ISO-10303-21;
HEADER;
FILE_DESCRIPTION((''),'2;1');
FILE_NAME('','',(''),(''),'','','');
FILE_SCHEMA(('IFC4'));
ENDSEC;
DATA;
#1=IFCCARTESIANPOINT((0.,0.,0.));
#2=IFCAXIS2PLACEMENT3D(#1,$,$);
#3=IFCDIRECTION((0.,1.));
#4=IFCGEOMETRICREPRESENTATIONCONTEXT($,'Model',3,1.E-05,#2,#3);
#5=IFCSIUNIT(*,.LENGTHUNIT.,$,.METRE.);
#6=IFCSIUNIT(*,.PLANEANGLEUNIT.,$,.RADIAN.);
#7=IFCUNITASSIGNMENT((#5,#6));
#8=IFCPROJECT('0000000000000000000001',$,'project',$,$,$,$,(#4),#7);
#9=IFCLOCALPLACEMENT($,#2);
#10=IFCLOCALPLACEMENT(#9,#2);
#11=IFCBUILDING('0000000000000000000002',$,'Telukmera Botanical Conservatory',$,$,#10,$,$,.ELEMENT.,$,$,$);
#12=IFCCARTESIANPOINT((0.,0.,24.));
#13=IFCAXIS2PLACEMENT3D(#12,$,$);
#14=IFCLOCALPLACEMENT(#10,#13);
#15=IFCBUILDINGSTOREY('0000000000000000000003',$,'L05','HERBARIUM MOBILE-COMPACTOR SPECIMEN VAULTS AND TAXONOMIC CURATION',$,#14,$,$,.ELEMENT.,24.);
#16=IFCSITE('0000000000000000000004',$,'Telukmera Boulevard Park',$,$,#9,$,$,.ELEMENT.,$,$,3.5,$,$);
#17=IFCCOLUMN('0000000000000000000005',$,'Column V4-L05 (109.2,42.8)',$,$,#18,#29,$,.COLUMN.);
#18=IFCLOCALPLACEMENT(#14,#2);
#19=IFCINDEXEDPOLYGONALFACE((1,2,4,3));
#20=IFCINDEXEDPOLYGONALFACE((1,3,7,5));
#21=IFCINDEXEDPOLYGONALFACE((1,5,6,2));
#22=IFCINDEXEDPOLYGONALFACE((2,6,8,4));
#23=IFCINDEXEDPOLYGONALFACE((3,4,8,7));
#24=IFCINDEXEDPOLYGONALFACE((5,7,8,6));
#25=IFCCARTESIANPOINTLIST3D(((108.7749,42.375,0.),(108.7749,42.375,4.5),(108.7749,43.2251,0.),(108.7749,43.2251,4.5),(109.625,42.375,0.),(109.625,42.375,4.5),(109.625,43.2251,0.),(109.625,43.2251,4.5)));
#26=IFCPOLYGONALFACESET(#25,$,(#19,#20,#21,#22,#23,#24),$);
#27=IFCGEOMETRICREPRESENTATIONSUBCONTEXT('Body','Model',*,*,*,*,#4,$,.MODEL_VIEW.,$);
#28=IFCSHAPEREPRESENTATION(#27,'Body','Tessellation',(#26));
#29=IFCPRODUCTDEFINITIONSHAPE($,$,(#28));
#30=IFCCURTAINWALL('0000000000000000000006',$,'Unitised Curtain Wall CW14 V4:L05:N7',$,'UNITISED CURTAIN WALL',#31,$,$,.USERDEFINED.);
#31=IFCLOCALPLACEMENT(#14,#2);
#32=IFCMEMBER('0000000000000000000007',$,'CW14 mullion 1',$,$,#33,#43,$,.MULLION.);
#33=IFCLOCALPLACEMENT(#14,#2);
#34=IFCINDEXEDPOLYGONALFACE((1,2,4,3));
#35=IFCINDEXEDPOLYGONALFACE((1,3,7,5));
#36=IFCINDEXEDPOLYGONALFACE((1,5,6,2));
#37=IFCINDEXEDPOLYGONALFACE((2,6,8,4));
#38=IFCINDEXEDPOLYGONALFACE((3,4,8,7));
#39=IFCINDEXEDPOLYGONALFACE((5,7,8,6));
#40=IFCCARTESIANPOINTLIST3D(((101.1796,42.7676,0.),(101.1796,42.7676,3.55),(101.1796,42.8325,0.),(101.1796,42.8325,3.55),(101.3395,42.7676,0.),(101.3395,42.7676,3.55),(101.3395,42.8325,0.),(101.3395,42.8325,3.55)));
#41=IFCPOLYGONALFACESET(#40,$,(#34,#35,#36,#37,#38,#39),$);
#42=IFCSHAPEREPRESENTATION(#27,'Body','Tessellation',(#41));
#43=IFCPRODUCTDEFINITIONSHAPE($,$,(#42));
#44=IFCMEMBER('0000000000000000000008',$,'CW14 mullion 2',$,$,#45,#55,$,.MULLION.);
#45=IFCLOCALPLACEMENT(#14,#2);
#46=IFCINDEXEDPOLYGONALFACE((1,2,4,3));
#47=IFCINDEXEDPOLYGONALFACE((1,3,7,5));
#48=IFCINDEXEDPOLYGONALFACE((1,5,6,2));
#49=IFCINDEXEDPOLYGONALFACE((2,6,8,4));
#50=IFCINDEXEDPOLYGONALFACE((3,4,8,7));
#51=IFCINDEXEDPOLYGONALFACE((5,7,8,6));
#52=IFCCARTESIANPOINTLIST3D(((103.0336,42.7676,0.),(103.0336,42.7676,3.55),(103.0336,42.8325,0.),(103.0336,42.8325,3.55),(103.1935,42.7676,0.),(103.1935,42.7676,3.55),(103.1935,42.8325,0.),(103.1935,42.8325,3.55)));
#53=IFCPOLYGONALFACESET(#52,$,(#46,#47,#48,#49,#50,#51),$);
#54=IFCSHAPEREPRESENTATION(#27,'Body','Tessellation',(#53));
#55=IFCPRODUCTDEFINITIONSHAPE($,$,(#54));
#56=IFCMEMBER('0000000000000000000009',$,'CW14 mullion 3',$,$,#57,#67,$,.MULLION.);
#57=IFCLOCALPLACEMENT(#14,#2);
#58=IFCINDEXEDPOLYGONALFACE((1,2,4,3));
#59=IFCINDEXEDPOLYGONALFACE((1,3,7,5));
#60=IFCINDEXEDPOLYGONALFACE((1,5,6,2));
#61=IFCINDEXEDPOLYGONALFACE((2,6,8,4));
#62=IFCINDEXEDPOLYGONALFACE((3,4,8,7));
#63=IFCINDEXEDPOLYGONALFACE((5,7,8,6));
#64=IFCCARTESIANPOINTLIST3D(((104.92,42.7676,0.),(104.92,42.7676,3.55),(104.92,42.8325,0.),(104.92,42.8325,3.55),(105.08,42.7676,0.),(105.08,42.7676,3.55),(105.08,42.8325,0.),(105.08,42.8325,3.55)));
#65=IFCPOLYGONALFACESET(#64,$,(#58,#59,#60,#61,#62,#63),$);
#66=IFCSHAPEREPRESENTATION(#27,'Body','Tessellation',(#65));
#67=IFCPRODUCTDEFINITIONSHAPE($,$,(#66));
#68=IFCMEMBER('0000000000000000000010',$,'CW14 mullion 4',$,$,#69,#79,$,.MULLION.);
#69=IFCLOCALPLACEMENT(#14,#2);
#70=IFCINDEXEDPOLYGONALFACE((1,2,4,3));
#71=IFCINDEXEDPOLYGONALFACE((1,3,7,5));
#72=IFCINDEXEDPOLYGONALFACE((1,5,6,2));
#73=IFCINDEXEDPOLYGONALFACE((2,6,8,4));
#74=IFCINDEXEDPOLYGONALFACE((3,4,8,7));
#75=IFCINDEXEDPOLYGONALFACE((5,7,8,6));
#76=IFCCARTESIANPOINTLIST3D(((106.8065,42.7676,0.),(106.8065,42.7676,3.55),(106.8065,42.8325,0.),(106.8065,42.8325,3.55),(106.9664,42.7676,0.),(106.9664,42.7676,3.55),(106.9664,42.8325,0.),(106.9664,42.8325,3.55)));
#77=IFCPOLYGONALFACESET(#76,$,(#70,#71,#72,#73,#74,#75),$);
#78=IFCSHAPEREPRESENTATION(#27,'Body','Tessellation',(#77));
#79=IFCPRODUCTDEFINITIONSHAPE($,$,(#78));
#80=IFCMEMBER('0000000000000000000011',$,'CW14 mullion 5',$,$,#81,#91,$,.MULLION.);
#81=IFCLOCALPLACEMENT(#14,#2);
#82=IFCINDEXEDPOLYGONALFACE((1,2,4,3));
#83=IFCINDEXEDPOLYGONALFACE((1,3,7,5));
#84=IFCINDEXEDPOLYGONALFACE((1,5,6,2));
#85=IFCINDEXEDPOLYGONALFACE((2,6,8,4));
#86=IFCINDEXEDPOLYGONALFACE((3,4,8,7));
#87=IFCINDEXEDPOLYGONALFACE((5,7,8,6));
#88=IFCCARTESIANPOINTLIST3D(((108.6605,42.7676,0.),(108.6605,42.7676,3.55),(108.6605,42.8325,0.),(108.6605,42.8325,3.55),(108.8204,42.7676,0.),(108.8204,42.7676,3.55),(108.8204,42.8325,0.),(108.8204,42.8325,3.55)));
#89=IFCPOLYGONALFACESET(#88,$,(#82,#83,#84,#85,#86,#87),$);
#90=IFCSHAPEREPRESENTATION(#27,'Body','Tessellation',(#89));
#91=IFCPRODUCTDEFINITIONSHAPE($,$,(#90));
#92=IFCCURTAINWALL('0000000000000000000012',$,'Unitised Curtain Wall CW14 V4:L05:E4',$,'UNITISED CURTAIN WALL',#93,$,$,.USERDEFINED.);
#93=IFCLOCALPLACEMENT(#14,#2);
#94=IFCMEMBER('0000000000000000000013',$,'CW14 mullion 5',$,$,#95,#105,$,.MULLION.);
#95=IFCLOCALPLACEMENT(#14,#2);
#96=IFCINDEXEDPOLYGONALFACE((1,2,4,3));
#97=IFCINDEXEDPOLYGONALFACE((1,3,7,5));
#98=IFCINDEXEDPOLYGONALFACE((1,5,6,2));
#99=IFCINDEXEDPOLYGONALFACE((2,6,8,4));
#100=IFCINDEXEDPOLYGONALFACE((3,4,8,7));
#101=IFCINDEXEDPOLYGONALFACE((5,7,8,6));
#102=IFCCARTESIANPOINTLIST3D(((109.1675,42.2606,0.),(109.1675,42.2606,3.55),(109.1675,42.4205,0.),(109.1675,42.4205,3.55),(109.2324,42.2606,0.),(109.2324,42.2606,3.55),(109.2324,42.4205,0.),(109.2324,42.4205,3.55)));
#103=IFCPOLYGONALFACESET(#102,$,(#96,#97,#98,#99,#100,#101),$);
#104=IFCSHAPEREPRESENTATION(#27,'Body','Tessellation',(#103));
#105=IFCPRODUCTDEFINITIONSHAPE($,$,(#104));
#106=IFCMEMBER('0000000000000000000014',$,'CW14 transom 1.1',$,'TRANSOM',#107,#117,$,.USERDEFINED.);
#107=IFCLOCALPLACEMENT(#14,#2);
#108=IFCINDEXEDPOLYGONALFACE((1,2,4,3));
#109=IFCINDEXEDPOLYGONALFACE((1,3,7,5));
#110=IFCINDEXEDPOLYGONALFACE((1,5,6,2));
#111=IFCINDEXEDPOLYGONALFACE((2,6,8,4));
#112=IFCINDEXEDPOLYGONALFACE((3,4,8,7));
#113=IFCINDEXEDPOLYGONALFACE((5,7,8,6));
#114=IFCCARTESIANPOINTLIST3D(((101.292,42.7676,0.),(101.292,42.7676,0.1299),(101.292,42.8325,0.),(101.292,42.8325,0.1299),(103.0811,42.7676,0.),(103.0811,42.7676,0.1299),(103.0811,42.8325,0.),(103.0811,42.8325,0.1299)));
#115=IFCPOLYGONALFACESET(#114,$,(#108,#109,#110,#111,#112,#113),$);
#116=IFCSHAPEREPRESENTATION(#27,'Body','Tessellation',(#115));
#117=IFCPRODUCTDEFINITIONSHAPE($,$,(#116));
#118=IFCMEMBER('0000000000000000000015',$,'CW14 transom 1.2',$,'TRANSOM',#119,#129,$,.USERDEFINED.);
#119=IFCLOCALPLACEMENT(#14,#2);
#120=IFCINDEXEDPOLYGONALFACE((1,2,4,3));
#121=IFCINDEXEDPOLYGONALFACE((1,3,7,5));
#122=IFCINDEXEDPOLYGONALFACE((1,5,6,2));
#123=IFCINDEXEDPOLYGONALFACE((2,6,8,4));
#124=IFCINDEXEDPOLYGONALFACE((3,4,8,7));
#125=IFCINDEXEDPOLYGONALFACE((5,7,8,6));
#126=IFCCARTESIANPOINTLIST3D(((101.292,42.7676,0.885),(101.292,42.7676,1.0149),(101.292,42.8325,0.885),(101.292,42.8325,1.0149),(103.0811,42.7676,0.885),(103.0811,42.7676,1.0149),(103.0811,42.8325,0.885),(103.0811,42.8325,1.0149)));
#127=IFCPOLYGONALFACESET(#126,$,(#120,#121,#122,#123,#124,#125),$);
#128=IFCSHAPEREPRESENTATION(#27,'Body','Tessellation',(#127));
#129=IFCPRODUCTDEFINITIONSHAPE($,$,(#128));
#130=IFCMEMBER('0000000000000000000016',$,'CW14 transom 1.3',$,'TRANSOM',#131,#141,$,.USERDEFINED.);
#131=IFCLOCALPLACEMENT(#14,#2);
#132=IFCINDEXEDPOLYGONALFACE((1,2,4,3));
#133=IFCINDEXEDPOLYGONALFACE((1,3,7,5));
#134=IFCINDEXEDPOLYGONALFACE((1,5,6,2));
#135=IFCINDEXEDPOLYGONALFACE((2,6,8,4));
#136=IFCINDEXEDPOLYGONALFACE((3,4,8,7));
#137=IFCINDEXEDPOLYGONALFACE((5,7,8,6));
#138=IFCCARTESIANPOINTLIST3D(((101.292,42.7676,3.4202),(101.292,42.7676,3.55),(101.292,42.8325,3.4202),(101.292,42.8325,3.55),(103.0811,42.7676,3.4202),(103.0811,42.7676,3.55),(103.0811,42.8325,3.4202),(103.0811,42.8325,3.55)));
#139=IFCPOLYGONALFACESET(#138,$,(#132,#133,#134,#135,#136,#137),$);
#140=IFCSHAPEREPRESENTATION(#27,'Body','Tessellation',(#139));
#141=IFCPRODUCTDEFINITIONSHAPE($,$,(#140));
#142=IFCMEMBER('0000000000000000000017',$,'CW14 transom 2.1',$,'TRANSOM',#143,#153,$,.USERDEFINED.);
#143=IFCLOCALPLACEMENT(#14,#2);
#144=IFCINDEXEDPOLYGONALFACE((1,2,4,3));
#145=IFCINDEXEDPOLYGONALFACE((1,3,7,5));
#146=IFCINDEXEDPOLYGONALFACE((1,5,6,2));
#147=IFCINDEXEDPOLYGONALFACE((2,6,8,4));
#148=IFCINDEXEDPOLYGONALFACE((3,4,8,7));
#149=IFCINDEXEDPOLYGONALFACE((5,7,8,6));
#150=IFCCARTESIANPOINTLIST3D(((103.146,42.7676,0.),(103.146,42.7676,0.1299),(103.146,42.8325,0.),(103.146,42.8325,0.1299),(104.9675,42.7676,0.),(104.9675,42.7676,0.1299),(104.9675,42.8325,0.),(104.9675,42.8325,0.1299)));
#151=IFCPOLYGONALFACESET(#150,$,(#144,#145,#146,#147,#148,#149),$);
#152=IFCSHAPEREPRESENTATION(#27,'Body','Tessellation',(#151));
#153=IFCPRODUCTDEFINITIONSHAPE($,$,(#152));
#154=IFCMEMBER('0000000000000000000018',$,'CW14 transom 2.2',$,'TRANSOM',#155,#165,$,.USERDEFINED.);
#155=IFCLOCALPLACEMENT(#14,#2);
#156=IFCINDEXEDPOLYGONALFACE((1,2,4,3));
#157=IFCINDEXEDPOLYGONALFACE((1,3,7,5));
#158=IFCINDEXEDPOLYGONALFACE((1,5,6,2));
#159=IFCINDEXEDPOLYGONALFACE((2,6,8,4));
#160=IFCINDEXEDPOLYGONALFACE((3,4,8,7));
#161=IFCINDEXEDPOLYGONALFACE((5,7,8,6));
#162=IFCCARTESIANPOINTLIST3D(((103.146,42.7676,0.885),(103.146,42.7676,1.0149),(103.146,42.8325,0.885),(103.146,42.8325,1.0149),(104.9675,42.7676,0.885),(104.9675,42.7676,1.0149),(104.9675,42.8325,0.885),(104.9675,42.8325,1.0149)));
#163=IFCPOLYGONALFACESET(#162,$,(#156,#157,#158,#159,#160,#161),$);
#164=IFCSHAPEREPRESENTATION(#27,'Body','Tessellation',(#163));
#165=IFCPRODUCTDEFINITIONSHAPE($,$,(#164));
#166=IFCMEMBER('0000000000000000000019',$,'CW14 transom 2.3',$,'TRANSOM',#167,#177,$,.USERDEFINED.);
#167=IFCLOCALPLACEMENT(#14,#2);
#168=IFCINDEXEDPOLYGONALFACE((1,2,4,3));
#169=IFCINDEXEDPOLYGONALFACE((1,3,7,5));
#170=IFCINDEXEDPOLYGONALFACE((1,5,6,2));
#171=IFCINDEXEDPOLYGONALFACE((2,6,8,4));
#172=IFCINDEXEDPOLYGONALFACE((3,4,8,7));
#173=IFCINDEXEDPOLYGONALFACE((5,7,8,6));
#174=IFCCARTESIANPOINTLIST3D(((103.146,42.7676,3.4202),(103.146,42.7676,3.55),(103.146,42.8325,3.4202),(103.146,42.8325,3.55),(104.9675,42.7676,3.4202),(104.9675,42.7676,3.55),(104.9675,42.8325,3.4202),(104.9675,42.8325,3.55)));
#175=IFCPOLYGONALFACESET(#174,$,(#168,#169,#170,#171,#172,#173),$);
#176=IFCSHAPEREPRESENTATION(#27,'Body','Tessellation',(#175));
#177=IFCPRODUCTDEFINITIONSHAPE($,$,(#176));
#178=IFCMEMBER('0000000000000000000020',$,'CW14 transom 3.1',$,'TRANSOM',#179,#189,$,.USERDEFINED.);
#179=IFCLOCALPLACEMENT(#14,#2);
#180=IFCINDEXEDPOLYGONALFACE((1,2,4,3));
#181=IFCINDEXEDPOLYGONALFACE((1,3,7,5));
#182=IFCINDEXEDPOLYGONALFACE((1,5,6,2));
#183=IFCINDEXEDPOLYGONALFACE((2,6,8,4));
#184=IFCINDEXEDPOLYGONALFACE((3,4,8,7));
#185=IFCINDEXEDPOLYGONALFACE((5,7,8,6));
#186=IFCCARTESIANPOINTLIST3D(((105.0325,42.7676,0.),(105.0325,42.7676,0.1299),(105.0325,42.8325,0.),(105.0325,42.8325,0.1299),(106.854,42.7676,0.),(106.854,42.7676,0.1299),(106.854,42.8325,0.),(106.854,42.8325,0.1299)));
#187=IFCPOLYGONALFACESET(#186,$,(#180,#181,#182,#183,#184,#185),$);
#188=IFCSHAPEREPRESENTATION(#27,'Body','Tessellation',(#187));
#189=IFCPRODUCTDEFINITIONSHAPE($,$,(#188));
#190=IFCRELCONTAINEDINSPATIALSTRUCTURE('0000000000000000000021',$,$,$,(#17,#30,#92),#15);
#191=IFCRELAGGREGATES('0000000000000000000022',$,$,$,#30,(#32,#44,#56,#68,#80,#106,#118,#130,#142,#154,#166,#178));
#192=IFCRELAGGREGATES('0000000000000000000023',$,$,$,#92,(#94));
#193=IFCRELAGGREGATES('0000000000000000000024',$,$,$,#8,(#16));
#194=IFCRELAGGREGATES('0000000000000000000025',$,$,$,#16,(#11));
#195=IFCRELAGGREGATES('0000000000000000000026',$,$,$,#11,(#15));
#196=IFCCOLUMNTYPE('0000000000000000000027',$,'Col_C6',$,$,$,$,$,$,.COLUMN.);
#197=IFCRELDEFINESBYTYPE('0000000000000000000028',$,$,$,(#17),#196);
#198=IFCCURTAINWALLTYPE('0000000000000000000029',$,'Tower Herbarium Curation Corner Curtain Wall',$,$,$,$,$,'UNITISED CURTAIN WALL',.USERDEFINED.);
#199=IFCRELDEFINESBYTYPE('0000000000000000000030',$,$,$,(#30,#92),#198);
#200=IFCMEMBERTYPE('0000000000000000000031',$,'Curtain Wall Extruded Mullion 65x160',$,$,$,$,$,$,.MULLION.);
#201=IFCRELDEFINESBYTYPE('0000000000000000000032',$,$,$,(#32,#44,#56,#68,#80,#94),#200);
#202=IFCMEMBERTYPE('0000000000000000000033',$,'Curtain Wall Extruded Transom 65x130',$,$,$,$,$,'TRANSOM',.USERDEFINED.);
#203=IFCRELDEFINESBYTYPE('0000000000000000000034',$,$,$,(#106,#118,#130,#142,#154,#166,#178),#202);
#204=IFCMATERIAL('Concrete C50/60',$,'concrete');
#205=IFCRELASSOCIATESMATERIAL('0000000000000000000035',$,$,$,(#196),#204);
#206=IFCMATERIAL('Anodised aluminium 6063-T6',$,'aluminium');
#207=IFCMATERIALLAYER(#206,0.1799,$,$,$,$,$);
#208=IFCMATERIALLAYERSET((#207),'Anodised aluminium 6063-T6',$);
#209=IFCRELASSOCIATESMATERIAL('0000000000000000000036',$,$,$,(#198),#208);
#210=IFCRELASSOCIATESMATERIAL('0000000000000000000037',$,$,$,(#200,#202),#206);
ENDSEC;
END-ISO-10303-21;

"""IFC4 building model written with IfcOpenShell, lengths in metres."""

from ifc_helpers import new_model, si_unit, direction, frame, origin, origin_2d, place, context, subcontext, project, spatial, rectangle, extrude, material, layer, layer_set, material_profile, profile_set, type_object, element, aggregate, save


model = new_model("IFC4")

# Units and contexts
model_context = context("Model", 3, precision=1e-05, world=origin(), true_north=direction((0.0, 1.0)))
body_context = subcontext(model_context, "Body", "Model", "MODEL_VIEW")
ifc_project = project(units=[si_unit("LENGTHUNIT", "METRE"), si_unit("PLANEANGLEUNIT", "RADIAN")], contexts=[model_context])

# Site, building, storey
site_placement = place(None, origin())
site = spatial("IfcSite", under=ifc_project, at=site_placement, Name="Telukmera Boulevard Park", CompositionType="ELEMENT", RefElevation=3.5)
building_placement = place(site_placement, origin())
building = spatial("IfcBuilding", under=site, at=building_placement, Name="Telukmera Botanical Conservatory", CompositionType="ELEMENT")
storey_placement = place(building_placement, frame((0.0, 0.0, 24.0)))
storey = spatial("IfcBuildingStorey", under=building, at=storey_placement, Name="L05", Description="HERBARIUM MOBILE-COMPACTOR SPECIMEN VAULTS AND TAXONOMIC CURATION", CompositionType="ELEMENT", Elevation=24.0)

# Column
ifc_material_1 = material(Name="Concrete C50/60", Category="concrete")
ifc_material_profile_1 = material_profile(ifc_material_1, rectangle(XDim=0.8501, YDim=0.8501, at=origin_2d()), Name="RC 850x850")
ifc_profile_set_1 = profile_set([ifc_material_profile_1], Name="Concrete C50/60")
column_type = type_object("IfcColumnType", Name="Col_C6", PredefinedType="COLUMN", material=ifc_profile_set_1)
column_placement = place(storey_placement, frame((109.2, 42.8, 0.0), z_axis=(0.0, 0.0, 1.0), x_axis=(1.0, 0.0, 0.0)))
element("IfcColumn", 1, at=column_placement, inside=storey, type_object=column_type, Name="Column V4-L05 (109.2,42.8)", PredefinedType="COLUMN", context=body_context, shape_type="SweptSolid", body=[
    extrude(rectangle(XDim=0.8501, YDim=0.8501, at=origin_2d()), origin(), (0.0, 0.0, 1.0), 4.5),
])

# Curtain wall, members
ifc_material_2 = material(Name="Anodised aluminium 6063-T6", Category="aluminium")
ifc_layer_1 = layer(ifc_material_2, 0.1799)
ifc_layer_set_1 = layer_set([ifc_layer_1], Name="Anodised aluminium 6063-T6")
curtain_wall_type = type_object("IfcCurtainWallType", Name="Tower Herbarium Curation Corner Curtain Wall", ElementType="UNITISED CURTAIN WALL", PredefinedType="USERDEFINED", material=ifc_layer_set_1)
curtain_wall_1_placement = place(storey_placement, origin())
curtain_wall_1 = element("IfcCurtainWall", 2, at=curtain_wall_1_placement, inside=storey, type_object=curtain_wall_type, Name="Unitised Curtain Wall CW14 V4:L05:N7", ObjectType="UNITISED CURTAIN WALL", PredefinedType="USERDEFINED")
ifc_material_profile_2 = material_profile(ifc_material_2, rectangle(XDim=0.0649, YDim=0.1599, at=origin_2d()), Name="ALU MULL 65x160")
ifc_profile_set_2 = profile_set([ifc_material_profile_2], Name="Anodised aluminium 6063-T6")
member_type_1 = type_object("IfcMemberType", Name="Curtain Wall Extruded Mullion 65x160", PredefinedType="MULLION", material=ifc_profile_set_2)
member_1_placement = place(storey_placement, frame((101.2595, 42.8, 0.0), z_axis=(0.0, 0.0, 1.0), x_axis=(0.0, 1.0, 0.0)))
member_1 = element("IfcMember", 3, at=member_1_placement, type_object=member_type_1, Name="CW14 mullion 1", PredefinedType="MULLION", context=body_context, shape_type="SweptSolid", body=[
    extrude(rectangle(XDim=0.0649, YDim=0.1599, at=origin_2d()), origin(), (0.0, 0.0, 1.0), 3.55),
])
member_2_placement = place(storey_placement, frame((103.1135, 42.8, 0.0), z_axis=(0.0, 0.0, 1.0), x_axis=(0.0, 1.0, 0.0)))
member_2 = element("IfcMember", 4, at=member_2_placement, type_object=member_type_1, Name="CW14 mullion 2", PredefinedType="MULLION", context=body_context, shape_type="SweptSolid", body=[
    extrude(rectangle(XDim=0.0649, YDim=0.1599, at=origin_2d()), origin(), (0.0, 0.0, 1.0), 3.55),
])
member_3_placement = place(storey_placement, frame((105.0, 42.8, 0.0), z_axis=(0.0, 0.0, 1.0), x_axis=(0.0, 1.0, 0.0)))
member_3 = element("IfcMember", 5, at=member_3_placement, type_object=member_type_1, Name="CW14 mullion 3", PredefinedType="MULLION", context=body_context, shape_type="SweptSolid", body=[
    extrude(rectangle(XDim=0.0649, YDim=0.1599, at=origin_2d()), origin(), (0.0, 0.0, 1.0), 3.55),
])
member_4_placement = place(storey_placement, frame((106.8865, 42.8, 0.0), z_axis=(0.0, 0.0, 1.0), x_axis=(0.0, 1.0, 0.0)))
member_4 = element("IfcMember", 6, at=member_4_placement, type_object=member_type_1, Name="CW14 mullion 4", PredefinedType="MULLION", context=body_context, shape_type="SweptSolid", body=[
    extrude(rectangle(XDim=0.0649, YDim=0.1599, at=origin_2d()), origin(), (0.0, 0.0, 1.0), 3.55),
])
member_5_placement = place(storey_placement, frame((108.7405, 42.8, 0.0), z_axis=(0.0, 0.0, 1.0), x_axis=(0.0, 1.0, 0.0)))
member_5 = element("IfcMember", 7, at=member_5_placement, type_object=member_type_1, Name="CW14 mullion 5", PredefinedType="MULLION", context=body_context, shape_type="SweptSolid", body=[
    extrude(rectangle(XDim=0.0649, YDim=0.1599, at=origin_2d()), origin(), (0.0, 0.0, 1.0), 3.55),
])

# Curtain wall, member
curtain_wall_2_placement = place(storey_placement, origin())
curtain_wall_2 = element("IfcCurtainWall", 8, at=curtain_wall_2_placement, inside=storey, type_object=curtain_wall_type, Name="Unitised Curtain Wall CW14 V4:L05:E4", ObjectType="UNITISED CURTAIN WALL", PredefinedType="USERDEFINED")
member_6_placement = place(storey_placement, frame((109.2, 42.3406, 0.0), z_axis=(0.0, 0.0, 1.0), x_axis=(-1.0, 0.0, 0.0)))
member_6 = element("IfcMember", 9, at=member_6_placement, type_object=member_type_1, Name="CW14 mullion 5", PredefinedType="MULLION", context=body_context, shape_type="SweptSolid", body=[
    extrude(rectangle(XDim=0.0649, YDim=0.1599, at=origin_2d()), origin(), (0.0, 0.0, 1.0), 3.55),
])

# Members
ifc_material_profile_3 = material_profile(ifc_material_2, rectangle(XDim=0.0649, YDim=0.1299, at=origin_2d()), Name="ALU TRAN 65x130")
ifc_profile_set_3 = profile_set([ifc_material_profile_3], Name="Anodised aluminium 6063-T6")
member_type_2 = type_object("IfcMemberType", Name="Curtain Wall Extruded Transom 65x130", ElementType="TRANSOM", PredefinedType="USERDEFINED", material=ifc_profile_set_3)
member_7_placement = place(storey_placement, frame((101.292, 42.8, 0.0649), z_axis=(1.0, 0.0, 0.0), x_axis=(0.0, 1.0, 0.0)))
member_7 = element("IfcMember", 10, at=member_7_placement, type_object=member_type_2, Name="CW14 transom 1.1", ObjectType="TRANSOM", PredefinedType="USERDEFINED", context=body_context, shape_type="SweptSolid", body=[
    extrude(rectangle(XDim=0.0649, YDim=0.1299, at=origin_2d()), origin(), (0.0, 0.0, 1.0), 1.7891),
])
member_8_placement = place(storey_placement, frame((101.292, 42.8, 0.95), z_axis=(1.0, 0.0, 0.0), x_axis=(0.0, 1.0, 0.0)))
member_8 = element("IfcMember", 11, at=member_8_placement, type_object=member_type_2, Name="CW14 transom 1.2", ObjectType="TRANSOM", PredefinedType="USERDEFINED", context=body_context, shape_type="SweptSolid", body=[
    extrude(rectangle(XDim=0.0649, YDim=0.1299, at=origin_2d()), origin(), (0.0, 0.0, 1.0), 1.7891),
])
member_9_placement = place(storey_placement, frame((101.292, 42.8, 3.4851), z_axis=(1.0, 0.0, 0.0), x_axis=(0.0, 1.0, 0.0)))
member_9 = element("IfcMember", 12, at=member_9_placement, type_object=member_type_2, Name="CW14 transom 1.3", ObjectType="TRANSOM", PredefinedType="USERDEFINED", context=body_context, shape_type="SweptSolid", body=[
    extrude(rectangle(XDim=0.0649, YDim=0.1299, at=origin_2d()), origin(), (0.0, 0.0, 1.0), 1.7891),
])
member_10_placement = place(storey_placement, frame((103.146, 42.8, 0.0649), z_axis=(1.0, 0.0, 0.0), x_axis=(0.0, 1.0, 0.0)))
member_10 = element("IfcMember", 13, at=member_10_placement, type_object=member_type_2, Name="CW14 transom 2.1", ObjectType="TRANSOM", PredefinedType="USERDEFINED", context=body_context, shape_type="SweptSolid", body=[
    extrude(rectangle(XDim=0.0649, YDim=0.1299, at=origin_2d()), origin(), (0.0, 0.0, 1.0), 1.8215),
])
member_11_placement = place(storey_placement, frame((103.146, 42.8, 0.95), z_axis=(1.0, 0.0, 0.0), x_axis=(0.0, 1.0, 0.0)))
member_11 = element("IfcMember", 14, at=member_11_placement, type_object=member_type_2, Name="CW14 transom 2.2", ObjectType="TRANSOM", PredefinedType="USERDEFINED", context=body_context, shape_type="SweptSolid", body=[
    extrude(rectangle(XDim=0.0649, YDim=0.1299, at=origin_2d()), origin(), (0.0, 0.0, 1.0), 1.8215),
])
member_12_placement = place(storey_placement, frame((103.146, 42.8, 3.4851), z_axis=(1.0, 0.0, 0.0), x_axis=(0.0, 1.0, 0.0)))
member_12 = element("IfcMember", 15, at=member_12_placement, type_object=member_type_2, Name="CW14 transom 2.3", ObjectType="TRANSOM", PredefinedType="USERDEFINED", context=body_context, shape_type="SweptSolid", body=[
    extrude(rectangle(XDim=0.0649, YDim=0.1299, at=origin_2d()), origin(), (0.0, 0.0, 1.0), 1.8215),
])
member_13_placement = place(storey_placement, frame((105.0325, 42.8, 0.0649), z_axis=(1.0, 0.0, 0.0), x_axis=(0.0, 1.0, 0.0)))
member_13 = element("IfcMember", 16, at=member_13_placement, type_object=member_type_2, Name="CW14 transom 3.1", ObjectType="TRANSOM", PredefinedType="USERDEFINED", context=body_context, shape_type="SweptSolid", body=[
    extrude(rectangle(XDim=0.0649, YDim=0.1299, at=origin_2d()), origin(), (0.0, 0.0, 1.0), 1.8215),
])

aggregate(curtain_wall_1, [member_1, member_2, member_3, member_4, member_5, member_7, member_8, member_9, member_10, member_11, member_12, member_13])
aggregate(curtain_wall_2, [member_6])

save(model, "model.ifc")
